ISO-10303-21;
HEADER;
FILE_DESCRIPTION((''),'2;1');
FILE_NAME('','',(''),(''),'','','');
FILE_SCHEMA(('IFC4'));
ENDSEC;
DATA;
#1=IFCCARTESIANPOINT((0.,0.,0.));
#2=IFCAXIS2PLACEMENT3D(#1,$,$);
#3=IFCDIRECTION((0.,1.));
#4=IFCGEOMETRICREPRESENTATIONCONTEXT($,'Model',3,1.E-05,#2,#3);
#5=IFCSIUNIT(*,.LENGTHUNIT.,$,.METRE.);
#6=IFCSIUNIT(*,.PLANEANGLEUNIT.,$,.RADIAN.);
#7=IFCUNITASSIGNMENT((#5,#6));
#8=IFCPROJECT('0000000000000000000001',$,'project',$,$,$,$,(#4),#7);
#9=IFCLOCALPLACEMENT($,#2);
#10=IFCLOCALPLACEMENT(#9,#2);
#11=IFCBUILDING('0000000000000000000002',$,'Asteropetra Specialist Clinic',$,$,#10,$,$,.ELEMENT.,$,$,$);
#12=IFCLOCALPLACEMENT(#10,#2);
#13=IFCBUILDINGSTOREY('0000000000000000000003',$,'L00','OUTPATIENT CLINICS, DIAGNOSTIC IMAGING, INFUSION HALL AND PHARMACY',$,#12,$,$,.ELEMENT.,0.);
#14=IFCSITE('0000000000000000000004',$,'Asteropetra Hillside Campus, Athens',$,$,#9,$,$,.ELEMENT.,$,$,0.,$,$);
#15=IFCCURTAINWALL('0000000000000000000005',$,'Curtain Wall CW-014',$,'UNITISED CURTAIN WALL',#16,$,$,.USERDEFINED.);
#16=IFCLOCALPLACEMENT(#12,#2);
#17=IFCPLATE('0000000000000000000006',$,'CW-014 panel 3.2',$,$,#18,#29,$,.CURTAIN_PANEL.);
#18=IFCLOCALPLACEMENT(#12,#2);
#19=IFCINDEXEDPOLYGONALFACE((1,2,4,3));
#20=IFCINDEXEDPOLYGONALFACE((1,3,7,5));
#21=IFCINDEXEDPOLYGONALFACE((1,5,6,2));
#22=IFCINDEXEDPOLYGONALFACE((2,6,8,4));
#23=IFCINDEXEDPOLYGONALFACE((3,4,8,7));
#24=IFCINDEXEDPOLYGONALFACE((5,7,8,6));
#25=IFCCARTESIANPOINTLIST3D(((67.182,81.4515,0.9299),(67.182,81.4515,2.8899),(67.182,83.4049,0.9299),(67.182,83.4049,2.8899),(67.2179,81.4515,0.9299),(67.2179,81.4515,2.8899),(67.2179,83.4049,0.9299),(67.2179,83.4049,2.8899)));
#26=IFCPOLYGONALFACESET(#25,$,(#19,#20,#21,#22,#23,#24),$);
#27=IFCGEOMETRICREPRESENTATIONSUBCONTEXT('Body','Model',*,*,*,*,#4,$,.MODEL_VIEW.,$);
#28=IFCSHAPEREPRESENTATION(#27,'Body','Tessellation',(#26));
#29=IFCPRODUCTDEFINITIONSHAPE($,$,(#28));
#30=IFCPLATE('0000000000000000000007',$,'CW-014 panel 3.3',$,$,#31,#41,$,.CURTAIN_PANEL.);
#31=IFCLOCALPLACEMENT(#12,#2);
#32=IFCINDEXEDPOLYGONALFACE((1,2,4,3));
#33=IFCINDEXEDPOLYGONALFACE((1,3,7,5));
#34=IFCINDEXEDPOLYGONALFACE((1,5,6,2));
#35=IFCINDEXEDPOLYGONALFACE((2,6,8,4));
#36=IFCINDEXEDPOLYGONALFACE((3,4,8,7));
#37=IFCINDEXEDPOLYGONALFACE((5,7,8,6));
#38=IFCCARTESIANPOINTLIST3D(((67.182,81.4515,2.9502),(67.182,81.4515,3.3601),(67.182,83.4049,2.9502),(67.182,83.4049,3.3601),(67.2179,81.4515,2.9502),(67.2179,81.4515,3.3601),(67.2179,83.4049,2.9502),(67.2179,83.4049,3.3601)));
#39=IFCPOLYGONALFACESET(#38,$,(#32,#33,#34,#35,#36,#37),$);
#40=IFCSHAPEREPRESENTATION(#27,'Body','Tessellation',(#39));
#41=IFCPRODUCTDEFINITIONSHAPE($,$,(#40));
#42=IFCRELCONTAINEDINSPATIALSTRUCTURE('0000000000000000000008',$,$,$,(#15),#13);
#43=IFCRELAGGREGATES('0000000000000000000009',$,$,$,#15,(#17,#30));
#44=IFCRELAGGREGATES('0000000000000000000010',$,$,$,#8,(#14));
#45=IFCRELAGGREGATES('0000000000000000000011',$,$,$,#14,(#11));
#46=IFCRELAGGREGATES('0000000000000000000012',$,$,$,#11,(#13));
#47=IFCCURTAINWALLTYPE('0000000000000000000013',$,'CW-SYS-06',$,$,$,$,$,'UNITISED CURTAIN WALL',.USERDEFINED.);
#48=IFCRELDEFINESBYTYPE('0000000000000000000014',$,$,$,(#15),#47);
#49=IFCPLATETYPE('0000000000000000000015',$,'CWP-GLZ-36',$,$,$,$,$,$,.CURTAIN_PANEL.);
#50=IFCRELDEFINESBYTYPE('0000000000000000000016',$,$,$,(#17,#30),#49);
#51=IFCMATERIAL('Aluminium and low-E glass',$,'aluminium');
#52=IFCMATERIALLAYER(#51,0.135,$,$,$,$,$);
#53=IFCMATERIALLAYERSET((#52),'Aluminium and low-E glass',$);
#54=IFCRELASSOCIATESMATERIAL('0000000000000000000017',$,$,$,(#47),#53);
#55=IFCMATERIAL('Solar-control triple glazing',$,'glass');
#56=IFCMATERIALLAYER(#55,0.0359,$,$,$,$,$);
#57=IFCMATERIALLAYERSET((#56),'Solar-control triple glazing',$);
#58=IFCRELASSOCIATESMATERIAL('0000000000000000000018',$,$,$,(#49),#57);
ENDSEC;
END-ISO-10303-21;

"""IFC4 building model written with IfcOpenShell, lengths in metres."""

from ifc_helpers import new_model, si_unit, direction, frame, origin, origin_2d, place, context, subcontext, project, spatial, rectangle, extrude, material, layer, layer_set, type_object, element, aggregate, save


model = new_model("IFC4")

# Units and contexts
model_context = context("Model", 3, precision=1e-05, world=origin(), true_north=direction((0.0, 1.0)))
body_context = subcontext(model_context, "Body", "Model", "MODEL_VIEW")
ifc_project = project(units=[si_unit("LENGTHUNIT", "METRE"), si_unit("PLANEANGLEUNIT", "RADIAN")], contexts=[model_context])

# Site, building, storey
site_placement = place(None, origin())
site = spatial("IfcSite", under=ifc_project, at=site_placement, Name="Asteropetra Hillside Campus, Athens", CompositionType="ELEMENT", RefElevation=0.0)
building_placement = place(site_placement, origin())
building = spatial("IfcBuilding", under=site, at=building_placement, Name="Asteropetra Specialist Clinic", CompositionType="ELEMENT")
storey_placement = place(building_placement, origin())
storey = spatial("IfcBuildingStorey", under=building, at=storey_placement, Name="L00", Description="OUTPATIENT CLINICS, DIAGNOSTIC IMAGING, INFUSION HALL AND PHARMACY", CompositionType="ELEMENT", Elevation=0.0)

# Curtain wall, plates
ifc_material_1 = material(Name="Aluminium and low-E glass", Category="aluminium")
ifc_layer_1 = layer(ifc_material_1, 0.135)
ifc_layer_set_1 = layer_set([ifc_layer_1], Name="Aluminium and low-E glass")
curtain_wall_type = type_object("IfcCurtainWallType", Name="CW-SYS-06", ElementType="UNITISED CURTAIN WALL", PredefinedType="USERDEFINED", material=ifc_layer_set_1)
curtain_wall_placement = place(storey_placement, origin())
curtain_wall = element("IfcCurtainWall", 1, at=curtain_wall_placement, inside=storey, type_object=curtain_wall_type, Name="Curtain Wall CW-014", ObjectType="UNITISED CURTAIN WALL", PredefinedType="USERDEFINED")
ifc_material_2 = material(Name="Solar-control triple glazing", Category="glass")
ifc_layer_2 = layer(ifc_material_2, 0.0359)
ifc_layer_set_2 = layer_set([ifc_layer_2], Name="Solar-control triple glazing")
plate_type = type_object("IfcPlateType", Name="CWP-GLZ-36", PredefinedType="CURTAIN_PANEL", material=ifc_layer_set_2)
plate_1_placement = place(storey_placement, frame((67.2, 82.4282, 0.9299), z_axis=(0.0, 0.0, 1.0), x_axis=(0.0, 1.0, 0.0)))
plate_1 = element("IfcPlate", 2, at=plate_1_placement, type_object=plate_type, Name="CW-014 panel 3.2", PredefinedType="CURTAIN_PANEL", context=body_context, shape_type="SweptSolid", body=[
    extrude(rectangle(XDim=1.9534, YDim=0.0359, at=origin_2d()), origin(), (0.0, 0.0, 1.0), 1.96),
])
plate_2_placement = place(storey_placement, frame((67.2, 82.4282, 2.9502), z_axis=(0.0, 0.0, 1.0), x_axis=(0.0, 1.0, 0.0)))
plate_2 = element("IfcPlate", 3, at=plate_2_placement, type_object=plate_type, Name="CW-014 panel 3.3", PredefinedType="CURTAIN_PANEL", context=body_context, shape_type="SweptSolid", body=[
    extrude(rectangle(XDim=1.9534, YDim=0.0359, at=origin_2d()), origin(), (0.0, 0.0, 1.0), 0.4099),
])
aggregate(curtain_wall, [plate_1, plate_2])

save(model, "model.ifc")
